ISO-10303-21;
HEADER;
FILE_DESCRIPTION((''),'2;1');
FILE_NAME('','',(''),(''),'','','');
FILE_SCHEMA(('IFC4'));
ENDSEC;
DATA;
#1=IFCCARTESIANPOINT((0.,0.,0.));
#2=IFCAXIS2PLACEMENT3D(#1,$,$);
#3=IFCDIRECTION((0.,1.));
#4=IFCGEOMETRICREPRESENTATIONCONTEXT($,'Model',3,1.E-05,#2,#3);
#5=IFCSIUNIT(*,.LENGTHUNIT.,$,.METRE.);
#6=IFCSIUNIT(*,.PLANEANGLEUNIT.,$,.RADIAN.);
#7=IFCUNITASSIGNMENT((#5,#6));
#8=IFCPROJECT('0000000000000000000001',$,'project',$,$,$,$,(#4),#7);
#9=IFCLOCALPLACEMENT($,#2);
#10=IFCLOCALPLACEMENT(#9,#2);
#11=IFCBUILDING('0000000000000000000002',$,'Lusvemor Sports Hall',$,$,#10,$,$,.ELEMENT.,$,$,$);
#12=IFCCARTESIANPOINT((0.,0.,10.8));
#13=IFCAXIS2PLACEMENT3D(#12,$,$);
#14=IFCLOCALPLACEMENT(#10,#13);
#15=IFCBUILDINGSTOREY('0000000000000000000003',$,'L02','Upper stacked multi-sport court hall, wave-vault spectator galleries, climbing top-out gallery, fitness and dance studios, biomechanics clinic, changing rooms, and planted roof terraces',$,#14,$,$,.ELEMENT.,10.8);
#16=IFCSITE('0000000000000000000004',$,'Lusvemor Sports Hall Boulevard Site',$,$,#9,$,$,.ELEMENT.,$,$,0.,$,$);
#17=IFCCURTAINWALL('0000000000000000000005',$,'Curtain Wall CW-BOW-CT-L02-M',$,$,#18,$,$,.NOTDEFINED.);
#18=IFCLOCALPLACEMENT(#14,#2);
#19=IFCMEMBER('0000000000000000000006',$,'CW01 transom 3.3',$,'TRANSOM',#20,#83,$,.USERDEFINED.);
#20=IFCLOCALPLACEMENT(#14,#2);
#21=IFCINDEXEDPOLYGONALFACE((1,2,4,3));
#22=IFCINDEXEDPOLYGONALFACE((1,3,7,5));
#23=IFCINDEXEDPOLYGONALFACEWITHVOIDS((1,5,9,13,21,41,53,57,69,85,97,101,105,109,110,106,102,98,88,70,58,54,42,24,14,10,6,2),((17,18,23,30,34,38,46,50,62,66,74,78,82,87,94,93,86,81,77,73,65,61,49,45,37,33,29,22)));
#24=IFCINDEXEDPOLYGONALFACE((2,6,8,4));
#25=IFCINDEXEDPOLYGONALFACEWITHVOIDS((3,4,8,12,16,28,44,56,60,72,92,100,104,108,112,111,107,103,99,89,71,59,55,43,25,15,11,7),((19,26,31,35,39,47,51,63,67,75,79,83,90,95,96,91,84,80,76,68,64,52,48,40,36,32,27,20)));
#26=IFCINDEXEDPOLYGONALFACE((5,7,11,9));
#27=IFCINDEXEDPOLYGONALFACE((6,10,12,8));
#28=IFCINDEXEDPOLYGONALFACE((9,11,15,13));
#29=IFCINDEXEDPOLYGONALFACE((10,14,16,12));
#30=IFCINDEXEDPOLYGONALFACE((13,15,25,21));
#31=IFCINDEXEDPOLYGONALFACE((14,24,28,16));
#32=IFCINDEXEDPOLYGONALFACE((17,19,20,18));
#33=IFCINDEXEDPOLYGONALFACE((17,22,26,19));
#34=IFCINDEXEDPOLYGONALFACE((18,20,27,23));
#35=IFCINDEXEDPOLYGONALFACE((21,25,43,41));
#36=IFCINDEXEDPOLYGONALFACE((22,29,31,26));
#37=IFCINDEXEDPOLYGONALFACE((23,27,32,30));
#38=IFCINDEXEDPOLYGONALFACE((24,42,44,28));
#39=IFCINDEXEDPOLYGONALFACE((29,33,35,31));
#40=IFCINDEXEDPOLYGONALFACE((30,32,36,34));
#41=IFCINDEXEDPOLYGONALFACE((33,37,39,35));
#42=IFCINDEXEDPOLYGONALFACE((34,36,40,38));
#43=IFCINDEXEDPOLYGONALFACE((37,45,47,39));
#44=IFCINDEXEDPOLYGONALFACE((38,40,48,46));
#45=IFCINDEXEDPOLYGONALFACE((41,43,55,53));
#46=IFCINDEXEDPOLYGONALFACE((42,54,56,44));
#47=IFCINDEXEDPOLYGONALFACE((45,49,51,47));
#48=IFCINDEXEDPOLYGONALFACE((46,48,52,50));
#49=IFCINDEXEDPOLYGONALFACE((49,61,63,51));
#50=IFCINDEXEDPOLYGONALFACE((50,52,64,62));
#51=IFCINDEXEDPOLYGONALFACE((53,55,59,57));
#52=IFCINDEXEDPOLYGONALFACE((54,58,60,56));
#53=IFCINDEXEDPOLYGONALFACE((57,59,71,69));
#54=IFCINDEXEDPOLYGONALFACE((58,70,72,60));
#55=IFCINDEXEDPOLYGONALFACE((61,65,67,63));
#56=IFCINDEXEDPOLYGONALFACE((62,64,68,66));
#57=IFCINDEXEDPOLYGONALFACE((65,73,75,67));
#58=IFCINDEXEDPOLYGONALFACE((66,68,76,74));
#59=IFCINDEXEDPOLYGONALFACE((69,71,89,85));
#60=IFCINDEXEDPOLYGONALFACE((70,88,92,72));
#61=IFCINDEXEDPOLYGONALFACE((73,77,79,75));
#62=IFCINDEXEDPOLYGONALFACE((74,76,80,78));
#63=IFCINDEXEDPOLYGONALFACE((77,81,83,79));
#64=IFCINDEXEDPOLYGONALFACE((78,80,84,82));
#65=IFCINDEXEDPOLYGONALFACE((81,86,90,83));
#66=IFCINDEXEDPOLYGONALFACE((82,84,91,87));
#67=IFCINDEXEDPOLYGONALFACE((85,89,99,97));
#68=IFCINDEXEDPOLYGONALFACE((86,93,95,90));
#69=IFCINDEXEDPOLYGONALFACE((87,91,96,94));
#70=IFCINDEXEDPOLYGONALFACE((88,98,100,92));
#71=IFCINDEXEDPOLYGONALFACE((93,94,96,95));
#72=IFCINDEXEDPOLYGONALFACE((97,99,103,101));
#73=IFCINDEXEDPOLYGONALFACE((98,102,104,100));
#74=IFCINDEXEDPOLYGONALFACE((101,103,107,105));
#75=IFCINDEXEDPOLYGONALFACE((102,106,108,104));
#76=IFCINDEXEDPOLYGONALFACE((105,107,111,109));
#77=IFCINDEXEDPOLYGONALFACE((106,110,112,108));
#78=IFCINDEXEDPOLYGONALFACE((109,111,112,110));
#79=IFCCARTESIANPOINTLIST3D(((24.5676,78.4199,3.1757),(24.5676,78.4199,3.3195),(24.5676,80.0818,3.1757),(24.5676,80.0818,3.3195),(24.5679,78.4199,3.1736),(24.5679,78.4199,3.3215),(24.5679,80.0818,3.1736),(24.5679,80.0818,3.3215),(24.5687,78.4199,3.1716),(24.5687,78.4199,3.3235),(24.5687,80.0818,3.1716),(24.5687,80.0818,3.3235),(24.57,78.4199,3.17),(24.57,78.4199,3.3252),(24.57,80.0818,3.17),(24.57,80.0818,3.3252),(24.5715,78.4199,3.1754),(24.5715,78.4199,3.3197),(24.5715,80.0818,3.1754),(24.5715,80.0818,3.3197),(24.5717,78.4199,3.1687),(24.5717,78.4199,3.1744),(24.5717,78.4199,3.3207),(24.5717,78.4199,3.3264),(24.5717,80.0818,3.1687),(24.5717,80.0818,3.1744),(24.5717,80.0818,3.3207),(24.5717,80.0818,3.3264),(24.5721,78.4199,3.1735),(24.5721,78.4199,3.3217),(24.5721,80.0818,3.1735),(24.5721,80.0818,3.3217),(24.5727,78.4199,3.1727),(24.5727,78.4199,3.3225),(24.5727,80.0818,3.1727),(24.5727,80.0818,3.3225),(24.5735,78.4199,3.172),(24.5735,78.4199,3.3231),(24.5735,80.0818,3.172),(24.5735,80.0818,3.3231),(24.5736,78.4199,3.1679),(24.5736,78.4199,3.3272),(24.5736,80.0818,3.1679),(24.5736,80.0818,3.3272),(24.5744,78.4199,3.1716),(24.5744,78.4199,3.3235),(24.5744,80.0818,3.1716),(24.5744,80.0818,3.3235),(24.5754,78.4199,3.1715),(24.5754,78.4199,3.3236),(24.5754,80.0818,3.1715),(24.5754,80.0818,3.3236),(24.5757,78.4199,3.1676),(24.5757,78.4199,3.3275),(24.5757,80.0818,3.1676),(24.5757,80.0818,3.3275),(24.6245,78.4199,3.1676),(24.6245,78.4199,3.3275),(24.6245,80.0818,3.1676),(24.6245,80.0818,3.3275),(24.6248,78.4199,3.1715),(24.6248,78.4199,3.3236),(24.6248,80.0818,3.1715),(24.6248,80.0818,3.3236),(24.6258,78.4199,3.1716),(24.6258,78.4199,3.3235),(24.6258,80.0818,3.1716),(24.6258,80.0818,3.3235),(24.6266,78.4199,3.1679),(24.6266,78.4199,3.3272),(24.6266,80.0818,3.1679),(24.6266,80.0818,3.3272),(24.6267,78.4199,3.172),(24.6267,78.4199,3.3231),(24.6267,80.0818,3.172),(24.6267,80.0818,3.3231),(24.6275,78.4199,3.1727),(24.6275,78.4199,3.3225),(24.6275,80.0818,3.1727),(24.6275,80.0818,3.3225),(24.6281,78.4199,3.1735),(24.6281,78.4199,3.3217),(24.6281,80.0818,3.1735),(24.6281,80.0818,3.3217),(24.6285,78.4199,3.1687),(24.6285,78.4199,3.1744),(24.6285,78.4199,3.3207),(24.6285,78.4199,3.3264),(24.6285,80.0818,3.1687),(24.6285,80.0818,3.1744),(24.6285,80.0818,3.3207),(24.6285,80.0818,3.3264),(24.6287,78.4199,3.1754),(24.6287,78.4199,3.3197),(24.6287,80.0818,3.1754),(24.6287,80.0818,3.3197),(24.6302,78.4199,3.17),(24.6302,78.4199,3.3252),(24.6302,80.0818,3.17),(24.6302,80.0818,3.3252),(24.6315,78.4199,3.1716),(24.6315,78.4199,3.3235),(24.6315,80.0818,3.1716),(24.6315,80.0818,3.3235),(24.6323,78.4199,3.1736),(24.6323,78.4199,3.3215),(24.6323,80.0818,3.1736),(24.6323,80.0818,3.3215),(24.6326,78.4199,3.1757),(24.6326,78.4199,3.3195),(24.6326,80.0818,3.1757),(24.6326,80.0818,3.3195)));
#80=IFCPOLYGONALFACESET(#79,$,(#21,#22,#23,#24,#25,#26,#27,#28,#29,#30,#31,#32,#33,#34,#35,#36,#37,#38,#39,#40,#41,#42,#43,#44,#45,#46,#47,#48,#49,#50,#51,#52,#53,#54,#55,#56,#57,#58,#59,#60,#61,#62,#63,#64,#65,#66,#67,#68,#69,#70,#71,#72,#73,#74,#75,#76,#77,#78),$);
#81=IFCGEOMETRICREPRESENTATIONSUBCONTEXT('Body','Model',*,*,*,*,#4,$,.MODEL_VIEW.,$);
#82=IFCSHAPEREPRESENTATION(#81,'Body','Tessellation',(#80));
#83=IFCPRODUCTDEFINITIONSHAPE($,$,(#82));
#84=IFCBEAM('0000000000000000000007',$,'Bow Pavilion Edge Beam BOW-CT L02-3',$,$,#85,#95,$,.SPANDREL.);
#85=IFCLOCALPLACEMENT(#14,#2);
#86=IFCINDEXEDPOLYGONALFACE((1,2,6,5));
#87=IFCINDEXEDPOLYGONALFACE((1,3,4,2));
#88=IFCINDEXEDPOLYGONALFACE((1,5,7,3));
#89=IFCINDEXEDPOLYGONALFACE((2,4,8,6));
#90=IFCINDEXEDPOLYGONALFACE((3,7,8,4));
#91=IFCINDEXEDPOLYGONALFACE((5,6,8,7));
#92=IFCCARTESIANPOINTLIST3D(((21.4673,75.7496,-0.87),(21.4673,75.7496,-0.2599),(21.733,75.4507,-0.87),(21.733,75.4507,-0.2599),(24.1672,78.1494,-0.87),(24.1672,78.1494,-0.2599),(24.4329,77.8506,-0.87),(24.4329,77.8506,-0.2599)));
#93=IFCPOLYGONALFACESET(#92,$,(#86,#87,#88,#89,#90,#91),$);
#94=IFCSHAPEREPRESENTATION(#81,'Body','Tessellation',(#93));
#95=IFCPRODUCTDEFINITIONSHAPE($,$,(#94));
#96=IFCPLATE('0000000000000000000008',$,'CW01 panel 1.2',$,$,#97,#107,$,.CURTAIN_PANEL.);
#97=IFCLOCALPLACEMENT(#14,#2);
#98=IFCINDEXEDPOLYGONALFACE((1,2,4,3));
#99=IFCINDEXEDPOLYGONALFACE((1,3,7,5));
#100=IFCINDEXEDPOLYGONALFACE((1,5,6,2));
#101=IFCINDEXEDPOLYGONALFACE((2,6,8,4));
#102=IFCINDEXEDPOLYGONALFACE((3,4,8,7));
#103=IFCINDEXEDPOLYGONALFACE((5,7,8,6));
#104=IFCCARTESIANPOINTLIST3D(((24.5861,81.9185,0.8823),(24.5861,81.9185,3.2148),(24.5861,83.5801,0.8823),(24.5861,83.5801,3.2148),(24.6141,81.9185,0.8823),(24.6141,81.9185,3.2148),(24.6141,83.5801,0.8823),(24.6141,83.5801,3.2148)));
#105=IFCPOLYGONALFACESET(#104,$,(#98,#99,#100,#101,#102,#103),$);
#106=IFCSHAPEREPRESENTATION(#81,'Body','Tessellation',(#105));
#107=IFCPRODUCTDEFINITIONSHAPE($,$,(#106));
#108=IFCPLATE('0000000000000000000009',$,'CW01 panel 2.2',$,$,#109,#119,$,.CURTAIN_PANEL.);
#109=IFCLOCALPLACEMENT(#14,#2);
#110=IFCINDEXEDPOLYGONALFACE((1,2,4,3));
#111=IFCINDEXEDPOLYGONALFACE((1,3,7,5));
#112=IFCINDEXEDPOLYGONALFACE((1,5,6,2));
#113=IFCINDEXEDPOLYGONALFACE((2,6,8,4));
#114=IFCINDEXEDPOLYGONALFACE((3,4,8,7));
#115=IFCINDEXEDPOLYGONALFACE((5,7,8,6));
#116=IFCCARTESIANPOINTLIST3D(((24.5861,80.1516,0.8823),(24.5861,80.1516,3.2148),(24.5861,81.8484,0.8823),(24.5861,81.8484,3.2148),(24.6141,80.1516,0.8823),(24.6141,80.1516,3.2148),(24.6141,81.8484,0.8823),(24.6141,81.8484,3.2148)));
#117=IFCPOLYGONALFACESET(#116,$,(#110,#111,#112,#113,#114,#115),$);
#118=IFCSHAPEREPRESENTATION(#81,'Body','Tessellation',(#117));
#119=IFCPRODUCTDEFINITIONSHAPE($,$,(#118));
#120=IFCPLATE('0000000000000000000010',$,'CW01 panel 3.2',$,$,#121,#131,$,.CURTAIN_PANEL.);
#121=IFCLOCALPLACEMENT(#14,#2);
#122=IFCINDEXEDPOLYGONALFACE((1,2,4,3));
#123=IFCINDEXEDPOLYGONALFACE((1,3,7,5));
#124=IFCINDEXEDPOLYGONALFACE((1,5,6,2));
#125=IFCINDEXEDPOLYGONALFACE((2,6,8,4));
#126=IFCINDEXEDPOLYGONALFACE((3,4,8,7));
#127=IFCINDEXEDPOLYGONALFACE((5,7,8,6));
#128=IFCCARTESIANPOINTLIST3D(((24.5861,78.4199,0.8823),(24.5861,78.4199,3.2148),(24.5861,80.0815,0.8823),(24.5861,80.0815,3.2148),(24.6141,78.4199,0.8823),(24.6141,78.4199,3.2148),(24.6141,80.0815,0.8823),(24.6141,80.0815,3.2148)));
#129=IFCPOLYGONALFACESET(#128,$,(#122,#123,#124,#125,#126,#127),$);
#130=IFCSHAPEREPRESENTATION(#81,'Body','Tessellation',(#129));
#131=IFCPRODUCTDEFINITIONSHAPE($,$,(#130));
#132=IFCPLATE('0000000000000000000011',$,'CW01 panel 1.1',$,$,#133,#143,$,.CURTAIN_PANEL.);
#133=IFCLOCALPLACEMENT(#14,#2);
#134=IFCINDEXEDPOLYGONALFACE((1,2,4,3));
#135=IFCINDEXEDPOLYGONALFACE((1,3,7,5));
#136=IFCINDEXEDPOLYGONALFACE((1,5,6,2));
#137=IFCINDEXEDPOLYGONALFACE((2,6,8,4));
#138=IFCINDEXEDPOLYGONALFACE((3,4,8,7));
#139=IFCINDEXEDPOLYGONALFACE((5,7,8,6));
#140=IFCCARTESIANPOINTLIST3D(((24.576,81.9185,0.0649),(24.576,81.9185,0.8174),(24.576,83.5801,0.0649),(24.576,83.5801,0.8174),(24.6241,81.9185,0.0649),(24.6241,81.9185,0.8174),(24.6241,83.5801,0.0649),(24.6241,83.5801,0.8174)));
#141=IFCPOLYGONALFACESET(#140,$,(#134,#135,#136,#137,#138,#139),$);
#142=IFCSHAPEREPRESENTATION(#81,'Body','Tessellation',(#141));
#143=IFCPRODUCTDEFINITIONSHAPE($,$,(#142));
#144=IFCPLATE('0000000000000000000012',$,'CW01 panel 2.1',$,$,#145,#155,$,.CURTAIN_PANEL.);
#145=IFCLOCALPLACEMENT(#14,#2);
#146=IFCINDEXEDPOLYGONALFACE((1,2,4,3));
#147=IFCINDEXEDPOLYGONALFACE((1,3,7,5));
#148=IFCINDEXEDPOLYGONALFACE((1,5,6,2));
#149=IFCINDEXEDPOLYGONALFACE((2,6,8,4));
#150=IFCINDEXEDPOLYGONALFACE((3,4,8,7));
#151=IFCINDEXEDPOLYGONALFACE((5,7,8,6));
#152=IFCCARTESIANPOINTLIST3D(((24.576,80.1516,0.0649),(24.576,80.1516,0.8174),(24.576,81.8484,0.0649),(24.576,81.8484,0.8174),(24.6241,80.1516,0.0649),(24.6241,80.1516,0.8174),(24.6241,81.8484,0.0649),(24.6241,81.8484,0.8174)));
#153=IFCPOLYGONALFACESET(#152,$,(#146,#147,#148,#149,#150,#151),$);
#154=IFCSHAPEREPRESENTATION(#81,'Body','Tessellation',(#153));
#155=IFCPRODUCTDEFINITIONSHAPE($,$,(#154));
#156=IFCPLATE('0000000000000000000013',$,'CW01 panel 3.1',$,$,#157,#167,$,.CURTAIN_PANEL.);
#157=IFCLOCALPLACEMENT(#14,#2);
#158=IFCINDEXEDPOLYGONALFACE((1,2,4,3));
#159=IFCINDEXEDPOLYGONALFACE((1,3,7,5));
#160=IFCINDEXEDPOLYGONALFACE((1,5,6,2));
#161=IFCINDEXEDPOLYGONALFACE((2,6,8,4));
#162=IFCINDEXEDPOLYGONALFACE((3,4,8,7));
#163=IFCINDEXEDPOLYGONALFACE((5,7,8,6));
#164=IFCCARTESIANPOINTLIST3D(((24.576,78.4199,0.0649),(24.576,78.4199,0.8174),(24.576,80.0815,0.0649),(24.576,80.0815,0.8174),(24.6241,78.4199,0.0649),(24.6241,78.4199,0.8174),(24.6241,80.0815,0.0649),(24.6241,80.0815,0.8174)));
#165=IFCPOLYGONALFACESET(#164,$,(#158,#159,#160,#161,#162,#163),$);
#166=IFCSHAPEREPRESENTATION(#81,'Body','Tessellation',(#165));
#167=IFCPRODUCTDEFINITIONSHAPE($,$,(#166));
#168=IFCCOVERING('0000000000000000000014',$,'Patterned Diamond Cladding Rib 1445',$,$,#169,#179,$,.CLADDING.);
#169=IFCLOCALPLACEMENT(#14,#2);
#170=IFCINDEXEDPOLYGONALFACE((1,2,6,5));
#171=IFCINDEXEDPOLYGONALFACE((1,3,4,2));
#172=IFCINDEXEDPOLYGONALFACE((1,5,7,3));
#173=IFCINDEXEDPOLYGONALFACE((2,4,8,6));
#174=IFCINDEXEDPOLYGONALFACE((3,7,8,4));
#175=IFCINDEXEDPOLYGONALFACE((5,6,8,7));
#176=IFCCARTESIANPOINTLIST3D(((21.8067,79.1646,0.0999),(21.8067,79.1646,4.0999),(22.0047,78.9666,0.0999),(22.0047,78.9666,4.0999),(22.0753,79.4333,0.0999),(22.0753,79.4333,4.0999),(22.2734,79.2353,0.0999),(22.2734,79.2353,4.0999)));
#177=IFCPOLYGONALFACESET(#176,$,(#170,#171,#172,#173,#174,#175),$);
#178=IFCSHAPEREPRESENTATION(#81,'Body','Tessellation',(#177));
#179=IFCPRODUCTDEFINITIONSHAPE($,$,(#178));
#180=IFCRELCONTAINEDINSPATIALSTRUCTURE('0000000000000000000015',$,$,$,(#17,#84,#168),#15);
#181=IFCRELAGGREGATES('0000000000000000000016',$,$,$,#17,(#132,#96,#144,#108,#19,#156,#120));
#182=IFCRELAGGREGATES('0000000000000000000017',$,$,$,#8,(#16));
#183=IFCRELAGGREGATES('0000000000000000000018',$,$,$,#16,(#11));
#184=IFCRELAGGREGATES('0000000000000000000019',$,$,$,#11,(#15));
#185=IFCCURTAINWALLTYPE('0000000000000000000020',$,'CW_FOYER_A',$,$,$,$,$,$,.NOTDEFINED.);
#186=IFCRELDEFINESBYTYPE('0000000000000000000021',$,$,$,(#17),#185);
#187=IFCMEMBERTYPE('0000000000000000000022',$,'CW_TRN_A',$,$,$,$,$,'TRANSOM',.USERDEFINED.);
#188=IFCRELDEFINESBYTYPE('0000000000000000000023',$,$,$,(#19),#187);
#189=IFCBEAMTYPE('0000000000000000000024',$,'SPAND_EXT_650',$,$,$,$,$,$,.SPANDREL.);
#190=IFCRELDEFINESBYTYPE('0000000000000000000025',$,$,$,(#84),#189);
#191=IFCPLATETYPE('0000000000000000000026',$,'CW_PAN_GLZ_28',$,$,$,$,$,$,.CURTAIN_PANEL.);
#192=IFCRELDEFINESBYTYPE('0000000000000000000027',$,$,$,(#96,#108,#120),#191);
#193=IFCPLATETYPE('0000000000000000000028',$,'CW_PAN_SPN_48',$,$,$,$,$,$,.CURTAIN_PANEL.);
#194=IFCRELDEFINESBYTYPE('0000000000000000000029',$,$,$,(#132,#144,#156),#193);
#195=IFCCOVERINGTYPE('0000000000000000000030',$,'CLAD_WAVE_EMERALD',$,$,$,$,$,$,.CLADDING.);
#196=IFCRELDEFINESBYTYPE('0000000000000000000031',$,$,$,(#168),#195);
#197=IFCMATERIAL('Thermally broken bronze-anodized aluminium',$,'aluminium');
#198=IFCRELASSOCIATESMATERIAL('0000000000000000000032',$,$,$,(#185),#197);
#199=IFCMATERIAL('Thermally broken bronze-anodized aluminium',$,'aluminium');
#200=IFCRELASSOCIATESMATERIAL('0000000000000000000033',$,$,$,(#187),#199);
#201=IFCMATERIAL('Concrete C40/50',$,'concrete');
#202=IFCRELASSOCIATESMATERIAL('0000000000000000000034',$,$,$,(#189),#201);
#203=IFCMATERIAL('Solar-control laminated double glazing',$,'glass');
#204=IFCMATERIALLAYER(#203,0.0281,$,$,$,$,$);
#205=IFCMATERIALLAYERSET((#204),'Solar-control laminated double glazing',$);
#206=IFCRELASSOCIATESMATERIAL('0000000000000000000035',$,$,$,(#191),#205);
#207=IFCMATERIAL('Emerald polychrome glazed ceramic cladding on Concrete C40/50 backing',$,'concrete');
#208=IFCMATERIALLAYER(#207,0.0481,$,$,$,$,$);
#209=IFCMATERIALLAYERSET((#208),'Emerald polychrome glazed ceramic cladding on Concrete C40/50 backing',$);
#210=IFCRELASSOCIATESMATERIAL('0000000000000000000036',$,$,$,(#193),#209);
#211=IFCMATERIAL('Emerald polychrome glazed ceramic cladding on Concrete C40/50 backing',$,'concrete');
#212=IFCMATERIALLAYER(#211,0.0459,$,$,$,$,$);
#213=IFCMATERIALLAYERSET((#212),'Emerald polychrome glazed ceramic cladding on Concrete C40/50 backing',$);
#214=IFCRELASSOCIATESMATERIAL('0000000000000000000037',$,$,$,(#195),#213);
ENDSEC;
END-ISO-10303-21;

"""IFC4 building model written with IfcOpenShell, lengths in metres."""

from ifc_helpers import new_model, si_unit, direction, frame, origin, origin_2d, place, context, subcontext, project, spatial, rectangle, hollow_rectangle, extrude, material, layer, layer_set, material_profile, profile_set, type_object, element, aggregate, save


model = new_model("IFC4")

# Units and contexts
model_context = context("Model", 3, precision=1e-05, world=origin(), true_north=direction((0.0, 1.0)))
body_context = subcontext(model_context, "Body", "Model", "MODEL_VIEW")
ifc_project = project(units=[si_unit("LENGTHUNIT", "METRE"), si_unit("PLANEANGLEUNIT", "RADIAN")], contexts=[model_context])

# Site, building, storey
site_placement = place(None, origin())
site = spatial("IfcSite", under=ifc_project, at=site_placement, Name="Lusvemor Sports Hall Boulevard Site", CompositionType="ELEMENT", RefElevation=0.0)
building_placement = place(site_placement, origin())
building = spatial("IfcBuilding", under=site, at=building_placement, Name="Lusvemor Sports Hall", CompositionType="ELEMENT")
storey_placement = place(building_placement, frame((0.0, 0.0, 10.8)))
storey = spatial("IfcBuildingStorey", under=building, at=storey_placement, Name="L02", Description="Upper stacked multi-sport court hall, wave-vault spectator galleries, climbing top-out gallery, fitness and dance studios, biomechanics clinic, changing rooms, and planted roof terraces", CompositionType="ELEMENT", Elevation=10.8)

# Curtain wall, member
ifc_material_1 = material(Name="Thermally broken bronze-anodized aluminium", Category="aluminium")
curtain_wall_type = type_object("IfcCurtainWallType", Name="CW_FOYER_A", PredefinedType="NOTDEFINED", material=ifc_material_1)
curtain_wall_placement = place(storey_placement, origin())
curtain_wall = element("IfcCurtainWall", 1, at=curtain_wall_placement, inside=storey, type_object=curtain_wall_type, Name="Curtain Wall CW-BOW-CT-L02-M", PredefinedType="NOTDEFINED")
ifc_material_2 = material(Name="Thermally broken bronze-anodized aluminium", Category="aluminium")
ifc_material_profile_1 = material_profile(ifc_material_2, hollow_rectangle(XDim=0.0649, YDim=0.1599, WallThickness=0.0039, InnerFilletRadius=0.0039, OuterFilletRadius=0.0081, at=origin_2d()), Name="CWTRN160x65x4")
ifc_profile_set_1 = profile_set([ifc_material_profile_1], Name="Thermally broken bronze-anodized aluminium")
member_type_1 = type_object("IfcMemberType", Name="CW_TRN_A", ElementType="TRANSOM", PredefinedType="USERDEFINED", material=ifc_profile_set_1)
member_1_placement = place(storey_placement, frame((24.6001, 80.0818, 3.2476), z_axis=(0.0, -1.0, 0.0), x_axis=(1.0, 0.0, 0.0)))
member_1 = element("IfcMember", 2, at=member_1_placement, type_object=member_type_1, Name="CW01 transom 3.3", ObjectType="TRANSOM", PredefinedType="USERDEFINED", context=body_context, shape_type="SweptSolid", body=[
    extrude(hollow_rectangle(XDim=0.0649, YDim=0.1599, WallThickness=0.0039, InnerFilletRadius=0.0039, OuterFilletRadius=0.0081, at=origin_2d()), origin(), (0.0, 0.0, 1.0), 1.6619),
])

# Beam
ifc_material_3 = material(Name="Concrete C40/50", Category="concrete")
ifc_material_profile_2 = material_profile(ifc_material_3, rectangle(XDim=0.3999, YDim=0.6101, at=origin_2d()), Name="RC400x610")
ifc_profile_set_2 = profile_set([ifc_material_profile_2], Name="Concrete C40/50")
beam_type = type_object("IfcBeamType", Name="SPAND_EXT_650", PredefinedType="SPANDREL", material=ifc_profile_set_2)
beam_placement = place(storey_placement, frame((24.3, 78.0, -0.5649), z_axis=(-0.747417, -0.664355, 0.0), x_axis=(0.664355, -0.747417, 0.0)))
element("IfcBeam", 3, at=beam_placement, inside=storey, type_object=beam_type, Name="Bow Pavilion Edge Beam BOW-CT L02-3", PredefinedType="SPANDREL", context=body_context, shape_type="SweptSolid", body=[
    extrude(rectangle(XDim=0.3999, YDim=0.6101, at=origin_2d()), origin(), (0.0, 0.0, 1.0), 3.6123),
])

# Plates
ifc_material_4 = material(Name="Solar-control laminated double glazing", Category="glass")
ifc_layer_1 = layer(ifc_material_4, 0.0281)
ifc_layer_set_1 = layer_set([ifc_layer_1], Name="Solar-control laminated double glazing")
plate_type_1 = type_object("IfcPlateType", Name="CW_PAN_GLZ_28", PredefinedType="CURTAIN_PANEL", material=ifc_layer_set_1)
plate_1_placement = place(storey_placement, frame((24.6001, 82.7493, 0.8823), z_axis=(0.0, 0.0, 1.0), x_axis=(0.0, -1.0, 0.0)))
plate_1 = element("IfcPlate", 4, at=plate_1_placement, type_object=plate_type_1, Name="CW01 panel 1.2", PredefinedType="CURTAIN_PANEL", context=body_context, shape_type="SweptSolid", body=[
    extrude(rectangle(XDim=1.6616, YDim=0.0281, at=origin_2d()), origin(), (0.0, 0.0, 1.0), 2.3325),
])
plate_2_placement = place(storey_placement, frame((24.6001, 81.0, 0.8823), z_axis=(0.0, 0.0, 1.0), x_axis=(0.0, -1.0, 0.0)))
plate_2 = element("IfcPlate", 5, at=plate_2_placement, type_object=plate_type_1, Name="CW01 panel 2.2", PredefinedType="CURTAIN_PANEL", context=body_context, shape_type="SweptSolid", body=[
    extrude(rectangle(XDim=1.6968, YDim=0.0281, at=origin_2d()), origin(), (0.0, 0.0, 1.0), 2.3325),
])
plate_3_placement = place(storey_placement, frame((24.6001, 79.2507, 0.8823), z_axis=(0.0, 0.0, 1.0), x_axis=(0.0, -1.0, 0.0)))
plate_3 = element("IfcPlate", 6, at=plate_3_placement, type_object=plate_type_1, Name="CW01 panel 3.2", PredefinedType="CURTAIN_PANEL", context=body_context, shape_type="SweptSolid", body=[
    extrude(rectangle(XDim=1.6616, YDim=0.0281, at=origin_2d()), origin(), (0.0, 0.0, 1.0), 2.3325),
])
ifc_material_5 = material(Name="Emerald polychrome glazed ceramic cladding on Concrete C40/50 backing", Category="concrete")
ifc_layer_2 = layer(ifc_material_5, 0.0481)
ifc_layer_set_2 = layer_set([ifc_layer_2], Name="Emerald polychrome glazed ceramic cladding on Concrete C40/50 backing")
plate_type_2 = type_object("IfcPlateType", Name="CW_PAN_SPN_48", PredefinedType="CURTAIN_PANEL", material=ifc_layer_set_2)
plate_4_placement = place(storey_placement, frame((24.6001, 82.7493, 0.0649), z_axis=(0.0, 0.0, 1.0), x_axis=(0.0, -1.0, 0.0)))
plate_4 = element("IfcPlate", 7, at=plate_4_placement, type_object=plate_type_2, Name="CW01 panel 1.1", PredefinedType="CURTAIN_PANEL", context=body_context, shape_type="SweptSolid", body=[
    extrude(rectangle(XDim=1.6616, YDim=0.0481, at=origin_2d()), origin(), (0.0, 0.0, 1.0), 0.7524),
])
plate_5_placement = place(storey_placement, frame((24.6001, 81.0, 0.0649), z_axis=(0.0, 0.0, 1.0), x_axis=(0.0, -1.0, 0.0)))
plate_5 = element("IfcPlate", 8, at=plate_5_placement, type_object=plate_type_2, Name="CW01 panel 2.1", PredefinedType="CURTAIN_PANEL", context=body_context, shape_type="SweptSolid", body=[
    extrude(rectangle(XDim=1.6968, YDim=0.0481, at=origin_2d()), origin(), (0.0, 0.0, 1.0), 0.7524),
])
plate_6_placement = place(storey_placement, frame((24.6001, 79.2507, 0.0649), z_axis=(0.0, 0.0, 1.0), x_axis=(0.0, -1.0, 0.0)))
plate_6 = element("IfcPlate", 9, at=plate_6_placement, type_object=plate_type_2, Name="CW01 panel 3.1", PredefinedType="CURTAIN_PANEL", context=body_context, shape_type="SweptSolid", body=[
    extrude(rectangle(XDim=1.6616, YDim=0.0481, at=origin_2d()), origin(), (0.0, 0.0, 1.0), 0.7524),
])
aggregate(curtain_wall, [plate_4, plate_1, plate_5, plate_2, member_1, plate_6, plate_3])

# Covering
ifc_material_6 = material(Name="Emerald polychrome glazed ceramic cladding on Concrete C40/50 backing", Category="concrete")
ifc_layer_3 = layer(ifc_material_6, 0.0459)
ifc_layer_set_3 = layer_set([ifc_layer_3], Name="Emerald polychrome glazed ceramic cladding on Concrete C40/50 backing")
covering_type_1 = type_object("IfcCoveringType", Name="CLAD_WAVE_EMERALD", PredefinedType="CLADDING", material=ifc_layer_set_3)
covering_1_placement = place(storey_placement, frame((22.04, 79.2, 0.0999), z_axis=(0.0, 0.0, 1.0), x_axis=(0.707107, 0.707107, 0.0)))
element("IfcCovering", 10, at=covering_1_placement, inside=storey, type_object=covering_type_1, Name="Patterned Diamond Cladding Rib 1445", PredefinedType="CLADDING", context=body_context, shape_type="SweptSolid", body=[
    extrude(rectangle(XDim=0.3799, YDim=0.28, at=origin_2d()), origin(), (0.0, 0.0, 1.0), 4.0),
])

save(model, "model.ifc")
